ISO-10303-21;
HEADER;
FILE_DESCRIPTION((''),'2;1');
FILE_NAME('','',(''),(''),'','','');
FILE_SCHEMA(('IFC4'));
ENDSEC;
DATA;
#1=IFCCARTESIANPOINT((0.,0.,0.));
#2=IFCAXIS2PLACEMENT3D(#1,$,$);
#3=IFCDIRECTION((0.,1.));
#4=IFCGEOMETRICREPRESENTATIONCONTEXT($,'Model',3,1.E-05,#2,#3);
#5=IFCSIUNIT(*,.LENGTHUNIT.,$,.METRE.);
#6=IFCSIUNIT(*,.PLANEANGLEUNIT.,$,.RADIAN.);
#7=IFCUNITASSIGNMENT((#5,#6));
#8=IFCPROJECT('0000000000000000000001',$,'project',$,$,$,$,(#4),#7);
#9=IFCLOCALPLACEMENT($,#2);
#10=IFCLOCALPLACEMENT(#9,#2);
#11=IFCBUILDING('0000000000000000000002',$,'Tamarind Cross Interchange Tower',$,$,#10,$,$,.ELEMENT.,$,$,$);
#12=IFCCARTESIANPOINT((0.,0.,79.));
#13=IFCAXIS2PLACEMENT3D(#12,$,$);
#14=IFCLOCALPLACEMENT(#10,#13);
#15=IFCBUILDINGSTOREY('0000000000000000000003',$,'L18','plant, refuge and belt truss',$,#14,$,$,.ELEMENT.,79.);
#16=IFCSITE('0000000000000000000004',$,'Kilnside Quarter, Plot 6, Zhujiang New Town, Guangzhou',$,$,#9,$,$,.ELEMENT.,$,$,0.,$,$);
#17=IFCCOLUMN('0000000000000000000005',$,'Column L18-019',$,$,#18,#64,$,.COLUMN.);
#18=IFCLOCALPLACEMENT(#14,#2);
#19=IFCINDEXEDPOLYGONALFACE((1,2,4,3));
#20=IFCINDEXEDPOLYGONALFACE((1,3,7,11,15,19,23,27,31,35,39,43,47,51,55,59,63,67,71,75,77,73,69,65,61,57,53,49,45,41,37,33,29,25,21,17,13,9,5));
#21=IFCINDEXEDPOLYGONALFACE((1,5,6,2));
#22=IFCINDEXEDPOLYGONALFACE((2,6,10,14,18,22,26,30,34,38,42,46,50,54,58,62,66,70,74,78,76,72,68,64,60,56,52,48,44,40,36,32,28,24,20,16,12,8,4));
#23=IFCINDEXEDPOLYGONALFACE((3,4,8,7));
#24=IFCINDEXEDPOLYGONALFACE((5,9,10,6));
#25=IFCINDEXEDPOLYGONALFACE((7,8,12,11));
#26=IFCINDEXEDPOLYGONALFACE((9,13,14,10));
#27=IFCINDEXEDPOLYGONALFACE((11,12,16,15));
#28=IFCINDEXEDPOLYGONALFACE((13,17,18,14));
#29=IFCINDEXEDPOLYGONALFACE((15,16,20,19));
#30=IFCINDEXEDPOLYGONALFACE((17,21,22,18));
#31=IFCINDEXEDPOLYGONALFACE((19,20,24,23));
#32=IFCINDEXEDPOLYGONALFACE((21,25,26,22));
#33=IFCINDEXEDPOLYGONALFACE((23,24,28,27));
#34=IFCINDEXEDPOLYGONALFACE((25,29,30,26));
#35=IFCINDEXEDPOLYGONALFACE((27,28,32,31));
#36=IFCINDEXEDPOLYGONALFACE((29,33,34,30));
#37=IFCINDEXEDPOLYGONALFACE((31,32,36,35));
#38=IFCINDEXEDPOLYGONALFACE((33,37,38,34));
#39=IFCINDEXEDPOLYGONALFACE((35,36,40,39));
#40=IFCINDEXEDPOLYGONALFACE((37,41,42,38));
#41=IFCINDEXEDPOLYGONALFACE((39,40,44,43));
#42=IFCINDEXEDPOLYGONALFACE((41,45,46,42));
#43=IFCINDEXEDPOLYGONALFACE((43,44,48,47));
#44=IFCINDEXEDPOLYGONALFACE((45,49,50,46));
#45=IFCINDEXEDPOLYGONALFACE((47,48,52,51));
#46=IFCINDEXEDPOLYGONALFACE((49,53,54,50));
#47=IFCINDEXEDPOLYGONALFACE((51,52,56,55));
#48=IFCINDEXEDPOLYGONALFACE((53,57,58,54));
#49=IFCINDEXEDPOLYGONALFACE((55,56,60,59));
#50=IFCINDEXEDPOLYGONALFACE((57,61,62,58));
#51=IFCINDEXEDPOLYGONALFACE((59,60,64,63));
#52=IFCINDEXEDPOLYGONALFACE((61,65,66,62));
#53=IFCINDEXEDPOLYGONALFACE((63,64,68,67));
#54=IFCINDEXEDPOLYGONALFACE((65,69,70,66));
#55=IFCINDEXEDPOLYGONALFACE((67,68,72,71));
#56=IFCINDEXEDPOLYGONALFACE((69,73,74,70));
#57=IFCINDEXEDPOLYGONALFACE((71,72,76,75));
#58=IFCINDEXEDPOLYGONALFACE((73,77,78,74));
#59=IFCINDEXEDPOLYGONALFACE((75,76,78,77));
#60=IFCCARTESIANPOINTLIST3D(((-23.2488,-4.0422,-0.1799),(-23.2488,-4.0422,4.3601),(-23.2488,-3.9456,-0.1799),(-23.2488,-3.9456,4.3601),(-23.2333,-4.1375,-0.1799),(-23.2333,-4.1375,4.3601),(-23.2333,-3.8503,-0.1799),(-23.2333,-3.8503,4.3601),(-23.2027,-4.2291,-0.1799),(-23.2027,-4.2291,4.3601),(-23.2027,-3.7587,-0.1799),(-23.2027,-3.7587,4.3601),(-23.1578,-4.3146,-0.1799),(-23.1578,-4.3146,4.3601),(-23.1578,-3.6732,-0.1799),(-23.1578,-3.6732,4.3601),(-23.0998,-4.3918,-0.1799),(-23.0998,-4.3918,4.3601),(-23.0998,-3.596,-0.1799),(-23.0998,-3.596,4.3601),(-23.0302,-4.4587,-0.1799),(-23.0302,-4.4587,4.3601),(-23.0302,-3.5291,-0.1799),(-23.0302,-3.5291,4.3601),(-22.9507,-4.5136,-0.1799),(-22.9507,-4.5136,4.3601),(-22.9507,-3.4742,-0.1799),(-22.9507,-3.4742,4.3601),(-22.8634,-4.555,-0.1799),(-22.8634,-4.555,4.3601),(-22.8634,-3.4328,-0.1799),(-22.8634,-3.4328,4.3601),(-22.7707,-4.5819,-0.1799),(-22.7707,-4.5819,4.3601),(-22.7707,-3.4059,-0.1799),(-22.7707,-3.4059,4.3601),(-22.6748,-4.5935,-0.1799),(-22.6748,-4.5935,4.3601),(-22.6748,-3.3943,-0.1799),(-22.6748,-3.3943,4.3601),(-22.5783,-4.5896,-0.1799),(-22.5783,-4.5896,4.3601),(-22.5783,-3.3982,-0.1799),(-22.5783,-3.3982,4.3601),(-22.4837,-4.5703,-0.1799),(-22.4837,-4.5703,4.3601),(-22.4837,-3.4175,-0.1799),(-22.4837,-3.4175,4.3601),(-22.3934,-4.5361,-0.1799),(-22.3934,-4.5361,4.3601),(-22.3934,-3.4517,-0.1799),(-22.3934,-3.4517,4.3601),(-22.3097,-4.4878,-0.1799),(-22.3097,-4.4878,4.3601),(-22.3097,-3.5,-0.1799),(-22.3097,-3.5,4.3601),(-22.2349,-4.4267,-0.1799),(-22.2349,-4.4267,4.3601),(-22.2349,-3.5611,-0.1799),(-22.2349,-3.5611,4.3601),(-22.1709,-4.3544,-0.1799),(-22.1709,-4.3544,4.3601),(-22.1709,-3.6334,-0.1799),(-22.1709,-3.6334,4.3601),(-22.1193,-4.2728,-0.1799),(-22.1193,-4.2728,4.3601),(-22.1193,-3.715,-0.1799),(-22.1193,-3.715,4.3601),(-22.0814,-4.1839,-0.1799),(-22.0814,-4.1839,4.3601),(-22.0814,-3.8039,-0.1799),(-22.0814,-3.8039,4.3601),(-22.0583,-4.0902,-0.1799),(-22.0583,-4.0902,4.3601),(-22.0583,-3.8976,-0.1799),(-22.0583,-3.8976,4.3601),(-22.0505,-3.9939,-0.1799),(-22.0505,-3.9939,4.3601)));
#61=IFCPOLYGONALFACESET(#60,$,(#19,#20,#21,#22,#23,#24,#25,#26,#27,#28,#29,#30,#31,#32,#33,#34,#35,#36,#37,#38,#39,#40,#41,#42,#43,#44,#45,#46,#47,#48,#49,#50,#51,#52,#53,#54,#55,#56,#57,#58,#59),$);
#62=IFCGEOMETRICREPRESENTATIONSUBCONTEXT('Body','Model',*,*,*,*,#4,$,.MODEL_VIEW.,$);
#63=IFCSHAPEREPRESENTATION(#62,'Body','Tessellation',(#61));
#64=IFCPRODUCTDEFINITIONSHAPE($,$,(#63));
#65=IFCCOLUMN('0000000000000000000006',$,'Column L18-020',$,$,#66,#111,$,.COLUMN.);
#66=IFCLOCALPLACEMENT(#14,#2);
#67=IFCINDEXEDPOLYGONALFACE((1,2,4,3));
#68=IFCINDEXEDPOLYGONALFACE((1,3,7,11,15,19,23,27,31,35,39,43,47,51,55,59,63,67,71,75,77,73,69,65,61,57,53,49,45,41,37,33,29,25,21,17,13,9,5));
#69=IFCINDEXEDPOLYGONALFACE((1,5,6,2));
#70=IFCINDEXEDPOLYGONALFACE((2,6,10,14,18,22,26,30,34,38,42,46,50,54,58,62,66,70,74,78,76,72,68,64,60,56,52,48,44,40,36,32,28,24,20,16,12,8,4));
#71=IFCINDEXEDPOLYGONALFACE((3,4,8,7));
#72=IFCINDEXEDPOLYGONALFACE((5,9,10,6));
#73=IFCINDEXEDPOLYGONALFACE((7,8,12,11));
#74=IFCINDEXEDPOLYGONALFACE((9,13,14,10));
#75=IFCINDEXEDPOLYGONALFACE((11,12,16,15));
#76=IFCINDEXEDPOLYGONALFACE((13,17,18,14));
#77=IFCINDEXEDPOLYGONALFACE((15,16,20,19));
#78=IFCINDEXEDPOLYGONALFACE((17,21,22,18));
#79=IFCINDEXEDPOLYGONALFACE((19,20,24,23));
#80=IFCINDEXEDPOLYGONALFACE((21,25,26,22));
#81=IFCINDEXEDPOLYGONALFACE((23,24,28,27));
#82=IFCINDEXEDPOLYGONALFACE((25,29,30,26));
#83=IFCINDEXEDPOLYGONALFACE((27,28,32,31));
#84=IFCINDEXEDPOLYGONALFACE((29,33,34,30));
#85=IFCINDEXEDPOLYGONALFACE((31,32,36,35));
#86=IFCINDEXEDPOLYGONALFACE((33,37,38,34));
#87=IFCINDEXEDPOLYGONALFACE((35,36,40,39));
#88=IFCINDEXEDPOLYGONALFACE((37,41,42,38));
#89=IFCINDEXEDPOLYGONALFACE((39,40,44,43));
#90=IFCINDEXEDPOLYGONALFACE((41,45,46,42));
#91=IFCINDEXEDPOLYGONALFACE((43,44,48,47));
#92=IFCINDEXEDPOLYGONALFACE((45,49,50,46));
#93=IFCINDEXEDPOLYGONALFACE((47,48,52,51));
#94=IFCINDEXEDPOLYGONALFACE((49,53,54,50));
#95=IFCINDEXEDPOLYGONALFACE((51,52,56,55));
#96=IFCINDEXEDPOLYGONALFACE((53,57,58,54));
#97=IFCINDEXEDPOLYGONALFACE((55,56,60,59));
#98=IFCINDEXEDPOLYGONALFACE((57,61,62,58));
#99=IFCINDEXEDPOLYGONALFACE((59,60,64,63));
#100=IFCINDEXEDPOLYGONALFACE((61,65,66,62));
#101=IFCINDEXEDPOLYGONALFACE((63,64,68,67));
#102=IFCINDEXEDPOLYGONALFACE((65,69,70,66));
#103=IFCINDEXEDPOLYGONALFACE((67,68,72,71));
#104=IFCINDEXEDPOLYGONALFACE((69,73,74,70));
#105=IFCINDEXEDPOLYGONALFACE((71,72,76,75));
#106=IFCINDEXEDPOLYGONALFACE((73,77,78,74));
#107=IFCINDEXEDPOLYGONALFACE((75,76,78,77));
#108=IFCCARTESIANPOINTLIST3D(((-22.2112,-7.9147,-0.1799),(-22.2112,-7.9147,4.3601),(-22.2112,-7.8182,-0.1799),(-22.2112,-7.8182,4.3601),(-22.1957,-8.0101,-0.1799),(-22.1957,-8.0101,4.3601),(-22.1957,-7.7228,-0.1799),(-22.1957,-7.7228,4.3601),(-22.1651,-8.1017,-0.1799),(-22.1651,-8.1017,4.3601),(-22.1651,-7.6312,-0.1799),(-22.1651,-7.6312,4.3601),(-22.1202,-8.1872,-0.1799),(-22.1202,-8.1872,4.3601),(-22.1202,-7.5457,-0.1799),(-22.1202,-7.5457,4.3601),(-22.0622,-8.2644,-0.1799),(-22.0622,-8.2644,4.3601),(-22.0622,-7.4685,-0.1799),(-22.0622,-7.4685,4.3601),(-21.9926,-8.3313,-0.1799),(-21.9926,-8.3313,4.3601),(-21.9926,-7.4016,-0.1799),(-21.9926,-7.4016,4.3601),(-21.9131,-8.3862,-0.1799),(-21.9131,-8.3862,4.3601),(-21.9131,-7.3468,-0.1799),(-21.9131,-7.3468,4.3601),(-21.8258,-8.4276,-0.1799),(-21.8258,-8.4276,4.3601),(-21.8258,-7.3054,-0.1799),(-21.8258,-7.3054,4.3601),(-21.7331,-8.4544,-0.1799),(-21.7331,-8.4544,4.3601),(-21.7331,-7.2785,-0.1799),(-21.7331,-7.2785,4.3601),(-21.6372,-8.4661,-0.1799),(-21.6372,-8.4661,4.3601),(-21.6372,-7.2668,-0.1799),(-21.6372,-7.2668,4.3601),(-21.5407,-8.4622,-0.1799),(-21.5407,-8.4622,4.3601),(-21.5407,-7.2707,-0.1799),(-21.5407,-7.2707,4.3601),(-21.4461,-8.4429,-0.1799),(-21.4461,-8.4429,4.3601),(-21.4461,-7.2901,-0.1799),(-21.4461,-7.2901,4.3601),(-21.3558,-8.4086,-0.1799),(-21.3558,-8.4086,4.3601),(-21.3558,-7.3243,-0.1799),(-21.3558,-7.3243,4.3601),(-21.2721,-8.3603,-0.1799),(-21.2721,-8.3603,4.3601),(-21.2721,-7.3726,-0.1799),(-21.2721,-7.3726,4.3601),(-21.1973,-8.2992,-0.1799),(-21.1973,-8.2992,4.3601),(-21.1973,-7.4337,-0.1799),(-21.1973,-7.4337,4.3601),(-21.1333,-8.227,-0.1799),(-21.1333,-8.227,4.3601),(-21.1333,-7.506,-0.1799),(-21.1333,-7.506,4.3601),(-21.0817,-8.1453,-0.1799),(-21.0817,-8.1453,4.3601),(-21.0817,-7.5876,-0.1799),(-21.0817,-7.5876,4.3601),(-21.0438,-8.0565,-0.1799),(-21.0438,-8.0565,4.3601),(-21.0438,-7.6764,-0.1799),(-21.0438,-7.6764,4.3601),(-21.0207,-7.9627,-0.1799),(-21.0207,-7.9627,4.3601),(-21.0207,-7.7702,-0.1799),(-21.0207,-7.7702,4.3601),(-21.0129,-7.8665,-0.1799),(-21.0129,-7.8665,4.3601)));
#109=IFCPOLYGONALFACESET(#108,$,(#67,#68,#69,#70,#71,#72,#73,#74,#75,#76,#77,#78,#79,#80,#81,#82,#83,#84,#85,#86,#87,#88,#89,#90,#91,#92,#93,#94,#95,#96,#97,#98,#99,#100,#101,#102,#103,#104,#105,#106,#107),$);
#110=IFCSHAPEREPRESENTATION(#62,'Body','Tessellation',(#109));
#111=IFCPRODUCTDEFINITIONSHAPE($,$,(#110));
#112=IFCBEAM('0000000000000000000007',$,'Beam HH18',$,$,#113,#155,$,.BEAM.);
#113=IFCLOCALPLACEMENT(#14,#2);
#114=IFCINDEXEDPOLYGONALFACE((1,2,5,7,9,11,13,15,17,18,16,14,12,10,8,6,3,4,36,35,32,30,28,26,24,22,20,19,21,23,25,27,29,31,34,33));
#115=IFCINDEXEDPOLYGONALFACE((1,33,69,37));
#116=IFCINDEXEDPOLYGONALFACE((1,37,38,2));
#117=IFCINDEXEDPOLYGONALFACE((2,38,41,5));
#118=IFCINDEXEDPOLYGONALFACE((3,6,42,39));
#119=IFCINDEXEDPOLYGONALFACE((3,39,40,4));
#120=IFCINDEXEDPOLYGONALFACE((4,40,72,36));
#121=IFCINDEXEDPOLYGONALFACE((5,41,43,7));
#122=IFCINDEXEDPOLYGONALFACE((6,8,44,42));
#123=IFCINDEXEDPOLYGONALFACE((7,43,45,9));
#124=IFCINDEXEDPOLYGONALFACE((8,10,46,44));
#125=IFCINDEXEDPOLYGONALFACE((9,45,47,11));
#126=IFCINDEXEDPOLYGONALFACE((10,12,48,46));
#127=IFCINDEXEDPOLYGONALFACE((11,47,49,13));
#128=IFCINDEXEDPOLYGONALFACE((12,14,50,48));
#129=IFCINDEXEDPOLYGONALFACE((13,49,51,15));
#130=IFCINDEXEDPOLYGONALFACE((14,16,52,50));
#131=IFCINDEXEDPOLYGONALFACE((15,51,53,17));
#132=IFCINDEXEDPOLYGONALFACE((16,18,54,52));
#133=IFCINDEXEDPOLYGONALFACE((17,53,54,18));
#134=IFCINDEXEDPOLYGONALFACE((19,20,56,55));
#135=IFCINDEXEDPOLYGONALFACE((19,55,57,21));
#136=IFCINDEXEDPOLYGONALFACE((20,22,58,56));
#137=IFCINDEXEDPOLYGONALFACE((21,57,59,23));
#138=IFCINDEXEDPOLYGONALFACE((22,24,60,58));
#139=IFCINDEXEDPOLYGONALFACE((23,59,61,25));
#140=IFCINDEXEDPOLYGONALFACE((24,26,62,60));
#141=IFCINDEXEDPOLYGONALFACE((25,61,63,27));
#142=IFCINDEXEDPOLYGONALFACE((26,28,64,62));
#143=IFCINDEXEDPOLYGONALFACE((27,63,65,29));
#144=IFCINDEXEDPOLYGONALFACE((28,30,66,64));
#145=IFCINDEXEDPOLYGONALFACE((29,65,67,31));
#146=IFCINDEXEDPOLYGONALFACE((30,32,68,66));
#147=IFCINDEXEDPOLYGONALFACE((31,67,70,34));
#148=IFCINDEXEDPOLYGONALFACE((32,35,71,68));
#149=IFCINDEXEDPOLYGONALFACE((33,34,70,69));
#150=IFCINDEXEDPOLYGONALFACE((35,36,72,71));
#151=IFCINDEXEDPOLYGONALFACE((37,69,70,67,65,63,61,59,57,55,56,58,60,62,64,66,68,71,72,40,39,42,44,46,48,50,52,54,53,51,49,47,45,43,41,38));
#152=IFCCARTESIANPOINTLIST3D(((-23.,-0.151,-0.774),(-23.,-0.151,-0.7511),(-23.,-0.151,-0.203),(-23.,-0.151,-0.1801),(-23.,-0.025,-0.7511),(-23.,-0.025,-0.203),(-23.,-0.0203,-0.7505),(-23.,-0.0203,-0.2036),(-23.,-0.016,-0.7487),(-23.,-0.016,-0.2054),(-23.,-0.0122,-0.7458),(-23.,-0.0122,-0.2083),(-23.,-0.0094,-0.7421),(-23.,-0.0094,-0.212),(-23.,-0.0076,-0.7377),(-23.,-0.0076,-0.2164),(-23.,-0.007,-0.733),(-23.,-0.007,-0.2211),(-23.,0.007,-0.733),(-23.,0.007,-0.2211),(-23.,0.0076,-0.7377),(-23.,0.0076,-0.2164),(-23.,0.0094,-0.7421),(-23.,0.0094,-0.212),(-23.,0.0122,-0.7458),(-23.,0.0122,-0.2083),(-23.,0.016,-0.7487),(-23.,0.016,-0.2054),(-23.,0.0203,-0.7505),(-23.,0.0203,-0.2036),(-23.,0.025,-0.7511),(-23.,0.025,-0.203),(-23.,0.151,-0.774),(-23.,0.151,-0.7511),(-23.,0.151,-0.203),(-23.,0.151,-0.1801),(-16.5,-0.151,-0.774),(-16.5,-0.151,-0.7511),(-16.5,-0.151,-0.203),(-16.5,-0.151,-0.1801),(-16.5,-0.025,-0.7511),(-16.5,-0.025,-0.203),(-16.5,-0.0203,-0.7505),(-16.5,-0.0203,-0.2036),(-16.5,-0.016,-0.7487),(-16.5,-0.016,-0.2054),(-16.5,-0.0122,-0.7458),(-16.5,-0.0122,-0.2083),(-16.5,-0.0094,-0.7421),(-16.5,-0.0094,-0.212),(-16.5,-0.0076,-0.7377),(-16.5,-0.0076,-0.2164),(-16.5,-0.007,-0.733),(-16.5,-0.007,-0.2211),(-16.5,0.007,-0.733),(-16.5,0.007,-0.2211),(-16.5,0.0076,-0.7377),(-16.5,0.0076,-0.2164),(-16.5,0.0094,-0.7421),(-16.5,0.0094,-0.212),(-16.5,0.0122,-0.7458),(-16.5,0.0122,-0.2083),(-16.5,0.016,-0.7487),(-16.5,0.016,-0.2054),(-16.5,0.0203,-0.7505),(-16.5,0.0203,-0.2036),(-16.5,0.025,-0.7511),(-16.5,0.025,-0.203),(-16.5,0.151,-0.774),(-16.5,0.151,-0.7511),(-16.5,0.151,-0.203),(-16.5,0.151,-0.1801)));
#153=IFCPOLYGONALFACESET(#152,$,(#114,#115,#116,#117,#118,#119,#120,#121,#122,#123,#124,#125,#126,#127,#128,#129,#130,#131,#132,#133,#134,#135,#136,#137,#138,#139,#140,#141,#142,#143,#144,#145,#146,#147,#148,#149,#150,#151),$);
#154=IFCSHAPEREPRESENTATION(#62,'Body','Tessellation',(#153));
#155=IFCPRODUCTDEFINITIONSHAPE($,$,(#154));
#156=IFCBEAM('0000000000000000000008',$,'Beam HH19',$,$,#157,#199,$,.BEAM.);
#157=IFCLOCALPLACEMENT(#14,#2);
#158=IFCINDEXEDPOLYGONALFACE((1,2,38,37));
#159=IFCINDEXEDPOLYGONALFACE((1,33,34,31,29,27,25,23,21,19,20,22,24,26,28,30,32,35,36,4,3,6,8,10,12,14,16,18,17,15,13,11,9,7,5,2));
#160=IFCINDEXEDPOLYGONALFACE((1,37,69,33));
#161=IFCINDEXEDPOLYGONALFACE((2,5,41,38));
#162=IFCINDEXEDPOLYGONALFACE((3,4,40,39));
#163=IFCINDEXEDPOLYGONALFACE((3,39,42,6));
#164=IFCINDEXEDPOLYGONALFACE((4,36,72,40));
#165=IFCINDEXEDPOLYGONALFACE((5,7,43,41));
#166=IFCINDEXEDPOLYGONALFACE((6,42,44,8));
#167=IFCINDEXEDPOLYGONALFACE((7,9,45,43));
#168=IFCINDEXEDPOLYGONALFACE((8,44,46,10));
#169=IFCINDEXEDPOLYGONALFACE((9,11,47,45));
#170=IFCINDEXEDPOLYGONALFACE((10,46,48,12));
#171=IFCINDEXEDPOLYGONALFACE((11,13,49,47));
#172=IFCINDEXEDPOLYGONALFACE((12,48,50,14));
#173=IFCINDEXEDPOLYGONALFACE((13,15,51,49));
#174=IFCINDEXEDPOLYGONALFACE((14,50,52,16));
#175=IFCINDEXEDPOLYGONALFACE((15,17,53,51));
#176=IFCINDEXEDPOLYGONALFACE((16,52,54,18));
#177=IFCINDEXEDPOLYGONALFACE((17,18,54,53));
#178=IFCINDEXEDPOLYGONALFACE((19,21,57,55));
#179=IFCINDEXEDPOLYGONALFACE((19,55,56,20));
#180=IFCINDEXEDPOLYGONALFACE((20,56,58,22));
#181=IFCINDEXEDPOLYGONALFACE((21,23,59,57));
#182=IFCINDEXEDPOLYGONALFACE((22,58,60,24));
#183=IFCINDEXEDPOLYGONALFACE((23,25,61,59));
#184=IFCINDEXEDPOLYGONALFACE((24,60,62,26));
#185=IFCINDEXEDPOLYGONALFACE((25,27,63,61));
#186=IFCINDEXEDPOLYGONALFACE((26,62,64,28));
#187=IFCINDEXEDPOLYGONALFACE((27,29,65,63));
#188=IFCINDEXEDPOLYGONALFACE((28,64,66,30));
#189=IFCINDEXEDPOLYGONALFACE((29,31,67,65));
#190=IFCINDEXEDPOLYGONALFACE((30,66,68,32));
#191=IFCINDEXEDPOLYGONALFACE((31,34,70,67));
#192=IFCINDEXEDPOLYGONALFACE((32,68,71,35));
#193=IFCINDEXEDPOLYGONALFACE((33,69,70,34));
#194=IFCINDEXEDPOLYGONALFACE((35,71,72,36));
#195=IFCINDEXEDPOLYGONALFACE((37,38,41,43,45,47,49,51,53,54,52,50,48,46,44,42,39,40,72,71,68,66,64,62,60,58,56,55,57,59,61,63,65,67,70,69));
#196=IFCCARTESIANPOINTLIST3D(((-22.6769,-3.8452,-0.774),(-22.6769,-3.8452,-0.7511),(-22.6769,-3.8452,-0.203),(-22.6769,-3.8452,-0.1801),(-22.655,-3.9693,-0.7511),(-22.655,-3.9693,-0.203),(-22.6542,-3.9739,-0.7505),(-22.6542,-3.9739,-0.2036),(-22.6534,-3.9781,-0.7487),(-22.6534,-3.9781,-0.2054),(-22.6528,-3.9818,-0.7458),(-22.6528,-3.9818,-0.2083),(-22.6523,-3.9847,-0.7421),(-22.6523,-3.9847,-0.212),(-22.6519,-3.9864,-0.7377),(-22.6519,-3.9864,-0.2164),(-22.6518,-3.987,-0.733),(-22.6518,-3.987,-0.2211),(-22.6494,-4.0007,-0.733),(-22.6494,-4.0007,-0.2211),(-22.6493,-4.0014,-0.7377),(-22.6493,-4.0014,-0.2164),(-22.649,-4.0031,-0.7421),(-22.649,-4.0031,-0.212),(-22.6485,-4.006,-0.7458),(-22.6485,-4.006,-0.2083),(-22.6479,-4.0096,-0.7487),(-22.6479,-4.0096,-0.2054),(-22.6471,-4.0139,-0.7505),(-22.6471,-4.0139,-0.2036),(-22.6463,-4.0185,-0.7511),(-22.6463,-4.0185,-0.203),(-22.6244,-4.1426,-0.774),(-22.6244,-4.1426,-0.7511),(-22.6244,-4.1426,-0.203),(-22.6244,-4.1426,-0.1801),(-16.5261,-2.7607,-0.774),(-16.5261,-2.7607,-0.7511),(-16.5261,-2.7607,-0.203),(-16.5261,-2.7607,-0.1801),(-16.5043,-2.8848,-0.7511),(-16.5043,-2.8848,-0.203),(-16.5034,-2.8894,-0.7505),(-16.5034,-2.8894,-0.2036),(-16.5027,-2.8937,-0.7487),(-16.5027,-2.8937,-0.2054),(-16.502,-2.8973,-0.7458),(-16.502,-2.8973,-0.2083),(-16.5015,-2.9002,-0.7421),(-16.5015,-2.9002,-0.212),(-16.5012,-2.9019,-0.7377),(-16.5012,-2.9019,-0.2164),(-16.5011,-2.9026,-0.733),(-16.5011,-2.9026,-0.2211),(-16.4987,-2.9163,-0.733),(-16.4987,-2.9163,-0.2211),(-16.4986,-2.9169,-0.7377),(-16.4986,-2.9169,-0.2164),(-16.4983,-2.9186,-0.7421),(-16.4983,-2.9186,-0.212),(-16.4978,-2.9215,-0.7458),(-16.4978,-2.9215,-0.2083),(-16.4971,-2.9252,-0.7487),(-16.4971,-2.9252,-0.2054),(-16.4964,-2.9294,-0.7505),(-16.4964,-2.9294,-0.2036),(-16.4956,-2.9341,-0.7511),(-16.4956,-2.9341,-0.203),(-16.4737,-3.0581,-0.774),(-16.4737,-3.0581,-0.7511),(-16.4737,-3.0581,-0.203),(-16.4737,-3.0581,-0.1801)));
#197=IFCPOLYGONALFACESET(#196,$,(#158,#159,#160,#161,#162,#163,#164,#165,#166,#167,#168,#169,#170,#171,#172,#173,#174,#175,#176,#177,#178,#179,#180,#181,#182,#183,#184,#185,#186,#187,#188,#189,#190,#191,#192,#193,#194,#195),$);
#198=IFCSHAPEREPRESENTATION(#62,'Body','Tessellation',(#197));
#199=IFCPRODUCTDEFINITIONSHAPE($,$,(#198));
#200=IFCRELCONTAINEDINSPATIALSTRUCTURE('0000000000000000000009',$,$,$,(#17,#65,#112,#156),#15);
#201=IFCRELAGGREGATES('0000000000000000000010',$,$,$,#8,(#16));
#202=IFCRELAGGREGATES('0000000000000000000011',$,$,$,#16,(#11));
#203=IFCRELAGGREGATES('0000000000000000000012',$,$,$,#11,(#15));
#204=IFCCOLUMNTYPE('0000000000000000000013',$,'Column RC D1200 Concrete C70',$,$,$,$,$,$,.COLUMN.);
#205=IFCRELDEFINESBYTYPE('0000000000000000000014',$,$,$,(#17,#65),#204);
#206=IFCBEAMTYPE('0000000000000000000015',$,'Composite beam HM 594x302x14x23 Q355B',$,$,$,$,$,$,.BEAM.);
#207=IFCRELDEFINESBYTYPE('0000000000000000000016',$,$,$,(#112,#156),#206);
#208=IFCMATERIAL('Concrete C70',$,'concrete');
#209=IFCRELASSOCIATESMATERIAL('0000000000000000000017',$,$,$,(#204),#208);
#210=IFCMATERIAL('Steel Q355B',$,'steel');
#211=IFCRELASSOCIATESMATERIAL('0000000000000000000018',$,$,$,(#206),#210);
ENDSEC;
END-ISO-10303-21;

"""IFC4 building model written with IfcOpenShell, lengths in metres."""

from ifc_helpers import new_model, si_unit, direction, frame, origin, origin_2d, place, context, subcontext, project, spatial, circle, i_section, extrude, material, material_profile, profile_set, type_object, element, save


model = new_model("IFC4")

# Units and contexts
model_context = context("Model", 3, precision=1e-05, world=origin(), true_north=direction((0.0, 1.0)))
body_context = subcontext(model_context, "Body", "Model", "MODEL_VIEW")
ifc_project = project(units=[si_unit("LENGTHUNIT", "METRE"), si_unit("PLANEANGLEUNIT", "RADIAN")], contexts=[model_context])

# Site, building, storey
site_placement = place(None, origin())
site = spatial("IfcSite", under=ifc_project, at=site_placement, Name="Kilnside Quarter, Plot 6, Zhujiang New Town, Guangzhou", CompositionType="ELEMENT", RefElevation=0.0)
building_placement = place(site_placement, origin())
building = spatial("IfcBuilding", under=site, at=building_placement, Name="Tamarind Cross Interchange Tower", CompositionType="ELEMENT")
storey_placement = place(building_placement, frame((0.0, 0.0, 79.0)))
storey = spatial("IfcBuildingStorey", under=building, at=storey_placement, Name="L18", Description="plant, refuge and belt truss", CompositionType="ELEMENT", Elevation=79.0)

# Columns
ifc_material_1 = material(Name="Concrete C70", Category="concrete")
ifc_material_profile_1 = material_profile(ifc_material_1, circle(Radius=0.6001, at=origin_2d()), Name="RC D1200")
ifc_profile_set_1 = profile_set([ifc_material_profile_1], Name="Concrete C70")
column_type = type_object("IfcColumnType", Name="Column RC D1200 Concrete C70", PredefinedType="COLUMN", material=ifc_profile_set_1)
for number, where, z_axis, x_axis, name in (
    (1, (-22.6506, -3.9939, -0.1799), (0.0, 0.0, 1.0), (1.0, 0.0, 0.0), "Column L18-019"),
    (2, (-21.613, -7.8665, -0.1799), (0.0, 0.0, 1.0), (1.0, 0.0, 0.0), "Column L18-020"),
):
    element("IfcColumn", number, at=place(storey_placement, frame(where, z_axis=z_axis, x_axis=x_axis)), inside=storey, type_object=column_type, Name=name, PredefinedType="COLUMN", context=body_context, shape_type="SweptSolid", body=[
        extrude(circle(Radius=0.6001, at=origin_2d()), origin(), (0.0, 0.0, 1.0), 4.54),
    ])

# Beams
ifc_material_2 = material(Name="Steel Q355B", Category="steel")
ifc_material_profile_2 = material_profile(ifc_material_2, i_section(OverallWidth=0.302, OverallDepth=0.594, WebThickness=0.0139, FlangeThickness=0.0229, FilletRadius=0.0181, at=origin_2d()), Name="HM 594x302x14x23")
ifc_profile_set_2 = profile_set([ifc_material_profile_2], Name="Steel Q355B")
beam_type = type_object("IfcBeamType", Name="Composite beam HM 594x302x14x23 Q355B", PredefinedType="BEAM", material=ifc_profile_set_2)
beam_1_placement = place(storey_placement, frame((-23.0, 0.0, -0.4771), z_axis=(1.0, 0.0, 0.0), x_axis=(0.0, 1.0, 0.0)))
element("IfcBeam", 3, at=beam_1_placement, inside=storey, type_object=beam_type, Name="Beam HH18", PredefinedType="BEAM", context=body_context, shape_type="SweptSolid", body=[
    extrude(i_section(OverallWidth=0.302, OverallDepth=0.594, WebThickness=0.0139, FlangeThickness=0.0229, FilletRadius=0.0181, at=origin_2d()), origin(), (0.0, 0.0, 1.0), 6.5),
])
beam_2_placement = place(storey_placement, frame((-22.6506, -3.9939, -0.4771), z_axis=(0.984809, 0.17364, 0.0), x_axis=(-0.17364, 0.984809, 0.0)))
element("IfcBeam", 4, at=beam_2_placement, inside=storey, type_object=beam_type, Name="Beam HH19", PredefinedType="BEAM", context=body_context, shape_type="SweptSolid", body=[
    extrude(i_section(OverallWidth=0.302, OverallDepth=0.594, WebThickness=0.0139, FlangeThickness=0.0229, FilletRadius=0.0181, at=origin_2d()), origin(), (0.0, 0.0, 1.0), 6.2456),
])

save(model, "model.ifc")
